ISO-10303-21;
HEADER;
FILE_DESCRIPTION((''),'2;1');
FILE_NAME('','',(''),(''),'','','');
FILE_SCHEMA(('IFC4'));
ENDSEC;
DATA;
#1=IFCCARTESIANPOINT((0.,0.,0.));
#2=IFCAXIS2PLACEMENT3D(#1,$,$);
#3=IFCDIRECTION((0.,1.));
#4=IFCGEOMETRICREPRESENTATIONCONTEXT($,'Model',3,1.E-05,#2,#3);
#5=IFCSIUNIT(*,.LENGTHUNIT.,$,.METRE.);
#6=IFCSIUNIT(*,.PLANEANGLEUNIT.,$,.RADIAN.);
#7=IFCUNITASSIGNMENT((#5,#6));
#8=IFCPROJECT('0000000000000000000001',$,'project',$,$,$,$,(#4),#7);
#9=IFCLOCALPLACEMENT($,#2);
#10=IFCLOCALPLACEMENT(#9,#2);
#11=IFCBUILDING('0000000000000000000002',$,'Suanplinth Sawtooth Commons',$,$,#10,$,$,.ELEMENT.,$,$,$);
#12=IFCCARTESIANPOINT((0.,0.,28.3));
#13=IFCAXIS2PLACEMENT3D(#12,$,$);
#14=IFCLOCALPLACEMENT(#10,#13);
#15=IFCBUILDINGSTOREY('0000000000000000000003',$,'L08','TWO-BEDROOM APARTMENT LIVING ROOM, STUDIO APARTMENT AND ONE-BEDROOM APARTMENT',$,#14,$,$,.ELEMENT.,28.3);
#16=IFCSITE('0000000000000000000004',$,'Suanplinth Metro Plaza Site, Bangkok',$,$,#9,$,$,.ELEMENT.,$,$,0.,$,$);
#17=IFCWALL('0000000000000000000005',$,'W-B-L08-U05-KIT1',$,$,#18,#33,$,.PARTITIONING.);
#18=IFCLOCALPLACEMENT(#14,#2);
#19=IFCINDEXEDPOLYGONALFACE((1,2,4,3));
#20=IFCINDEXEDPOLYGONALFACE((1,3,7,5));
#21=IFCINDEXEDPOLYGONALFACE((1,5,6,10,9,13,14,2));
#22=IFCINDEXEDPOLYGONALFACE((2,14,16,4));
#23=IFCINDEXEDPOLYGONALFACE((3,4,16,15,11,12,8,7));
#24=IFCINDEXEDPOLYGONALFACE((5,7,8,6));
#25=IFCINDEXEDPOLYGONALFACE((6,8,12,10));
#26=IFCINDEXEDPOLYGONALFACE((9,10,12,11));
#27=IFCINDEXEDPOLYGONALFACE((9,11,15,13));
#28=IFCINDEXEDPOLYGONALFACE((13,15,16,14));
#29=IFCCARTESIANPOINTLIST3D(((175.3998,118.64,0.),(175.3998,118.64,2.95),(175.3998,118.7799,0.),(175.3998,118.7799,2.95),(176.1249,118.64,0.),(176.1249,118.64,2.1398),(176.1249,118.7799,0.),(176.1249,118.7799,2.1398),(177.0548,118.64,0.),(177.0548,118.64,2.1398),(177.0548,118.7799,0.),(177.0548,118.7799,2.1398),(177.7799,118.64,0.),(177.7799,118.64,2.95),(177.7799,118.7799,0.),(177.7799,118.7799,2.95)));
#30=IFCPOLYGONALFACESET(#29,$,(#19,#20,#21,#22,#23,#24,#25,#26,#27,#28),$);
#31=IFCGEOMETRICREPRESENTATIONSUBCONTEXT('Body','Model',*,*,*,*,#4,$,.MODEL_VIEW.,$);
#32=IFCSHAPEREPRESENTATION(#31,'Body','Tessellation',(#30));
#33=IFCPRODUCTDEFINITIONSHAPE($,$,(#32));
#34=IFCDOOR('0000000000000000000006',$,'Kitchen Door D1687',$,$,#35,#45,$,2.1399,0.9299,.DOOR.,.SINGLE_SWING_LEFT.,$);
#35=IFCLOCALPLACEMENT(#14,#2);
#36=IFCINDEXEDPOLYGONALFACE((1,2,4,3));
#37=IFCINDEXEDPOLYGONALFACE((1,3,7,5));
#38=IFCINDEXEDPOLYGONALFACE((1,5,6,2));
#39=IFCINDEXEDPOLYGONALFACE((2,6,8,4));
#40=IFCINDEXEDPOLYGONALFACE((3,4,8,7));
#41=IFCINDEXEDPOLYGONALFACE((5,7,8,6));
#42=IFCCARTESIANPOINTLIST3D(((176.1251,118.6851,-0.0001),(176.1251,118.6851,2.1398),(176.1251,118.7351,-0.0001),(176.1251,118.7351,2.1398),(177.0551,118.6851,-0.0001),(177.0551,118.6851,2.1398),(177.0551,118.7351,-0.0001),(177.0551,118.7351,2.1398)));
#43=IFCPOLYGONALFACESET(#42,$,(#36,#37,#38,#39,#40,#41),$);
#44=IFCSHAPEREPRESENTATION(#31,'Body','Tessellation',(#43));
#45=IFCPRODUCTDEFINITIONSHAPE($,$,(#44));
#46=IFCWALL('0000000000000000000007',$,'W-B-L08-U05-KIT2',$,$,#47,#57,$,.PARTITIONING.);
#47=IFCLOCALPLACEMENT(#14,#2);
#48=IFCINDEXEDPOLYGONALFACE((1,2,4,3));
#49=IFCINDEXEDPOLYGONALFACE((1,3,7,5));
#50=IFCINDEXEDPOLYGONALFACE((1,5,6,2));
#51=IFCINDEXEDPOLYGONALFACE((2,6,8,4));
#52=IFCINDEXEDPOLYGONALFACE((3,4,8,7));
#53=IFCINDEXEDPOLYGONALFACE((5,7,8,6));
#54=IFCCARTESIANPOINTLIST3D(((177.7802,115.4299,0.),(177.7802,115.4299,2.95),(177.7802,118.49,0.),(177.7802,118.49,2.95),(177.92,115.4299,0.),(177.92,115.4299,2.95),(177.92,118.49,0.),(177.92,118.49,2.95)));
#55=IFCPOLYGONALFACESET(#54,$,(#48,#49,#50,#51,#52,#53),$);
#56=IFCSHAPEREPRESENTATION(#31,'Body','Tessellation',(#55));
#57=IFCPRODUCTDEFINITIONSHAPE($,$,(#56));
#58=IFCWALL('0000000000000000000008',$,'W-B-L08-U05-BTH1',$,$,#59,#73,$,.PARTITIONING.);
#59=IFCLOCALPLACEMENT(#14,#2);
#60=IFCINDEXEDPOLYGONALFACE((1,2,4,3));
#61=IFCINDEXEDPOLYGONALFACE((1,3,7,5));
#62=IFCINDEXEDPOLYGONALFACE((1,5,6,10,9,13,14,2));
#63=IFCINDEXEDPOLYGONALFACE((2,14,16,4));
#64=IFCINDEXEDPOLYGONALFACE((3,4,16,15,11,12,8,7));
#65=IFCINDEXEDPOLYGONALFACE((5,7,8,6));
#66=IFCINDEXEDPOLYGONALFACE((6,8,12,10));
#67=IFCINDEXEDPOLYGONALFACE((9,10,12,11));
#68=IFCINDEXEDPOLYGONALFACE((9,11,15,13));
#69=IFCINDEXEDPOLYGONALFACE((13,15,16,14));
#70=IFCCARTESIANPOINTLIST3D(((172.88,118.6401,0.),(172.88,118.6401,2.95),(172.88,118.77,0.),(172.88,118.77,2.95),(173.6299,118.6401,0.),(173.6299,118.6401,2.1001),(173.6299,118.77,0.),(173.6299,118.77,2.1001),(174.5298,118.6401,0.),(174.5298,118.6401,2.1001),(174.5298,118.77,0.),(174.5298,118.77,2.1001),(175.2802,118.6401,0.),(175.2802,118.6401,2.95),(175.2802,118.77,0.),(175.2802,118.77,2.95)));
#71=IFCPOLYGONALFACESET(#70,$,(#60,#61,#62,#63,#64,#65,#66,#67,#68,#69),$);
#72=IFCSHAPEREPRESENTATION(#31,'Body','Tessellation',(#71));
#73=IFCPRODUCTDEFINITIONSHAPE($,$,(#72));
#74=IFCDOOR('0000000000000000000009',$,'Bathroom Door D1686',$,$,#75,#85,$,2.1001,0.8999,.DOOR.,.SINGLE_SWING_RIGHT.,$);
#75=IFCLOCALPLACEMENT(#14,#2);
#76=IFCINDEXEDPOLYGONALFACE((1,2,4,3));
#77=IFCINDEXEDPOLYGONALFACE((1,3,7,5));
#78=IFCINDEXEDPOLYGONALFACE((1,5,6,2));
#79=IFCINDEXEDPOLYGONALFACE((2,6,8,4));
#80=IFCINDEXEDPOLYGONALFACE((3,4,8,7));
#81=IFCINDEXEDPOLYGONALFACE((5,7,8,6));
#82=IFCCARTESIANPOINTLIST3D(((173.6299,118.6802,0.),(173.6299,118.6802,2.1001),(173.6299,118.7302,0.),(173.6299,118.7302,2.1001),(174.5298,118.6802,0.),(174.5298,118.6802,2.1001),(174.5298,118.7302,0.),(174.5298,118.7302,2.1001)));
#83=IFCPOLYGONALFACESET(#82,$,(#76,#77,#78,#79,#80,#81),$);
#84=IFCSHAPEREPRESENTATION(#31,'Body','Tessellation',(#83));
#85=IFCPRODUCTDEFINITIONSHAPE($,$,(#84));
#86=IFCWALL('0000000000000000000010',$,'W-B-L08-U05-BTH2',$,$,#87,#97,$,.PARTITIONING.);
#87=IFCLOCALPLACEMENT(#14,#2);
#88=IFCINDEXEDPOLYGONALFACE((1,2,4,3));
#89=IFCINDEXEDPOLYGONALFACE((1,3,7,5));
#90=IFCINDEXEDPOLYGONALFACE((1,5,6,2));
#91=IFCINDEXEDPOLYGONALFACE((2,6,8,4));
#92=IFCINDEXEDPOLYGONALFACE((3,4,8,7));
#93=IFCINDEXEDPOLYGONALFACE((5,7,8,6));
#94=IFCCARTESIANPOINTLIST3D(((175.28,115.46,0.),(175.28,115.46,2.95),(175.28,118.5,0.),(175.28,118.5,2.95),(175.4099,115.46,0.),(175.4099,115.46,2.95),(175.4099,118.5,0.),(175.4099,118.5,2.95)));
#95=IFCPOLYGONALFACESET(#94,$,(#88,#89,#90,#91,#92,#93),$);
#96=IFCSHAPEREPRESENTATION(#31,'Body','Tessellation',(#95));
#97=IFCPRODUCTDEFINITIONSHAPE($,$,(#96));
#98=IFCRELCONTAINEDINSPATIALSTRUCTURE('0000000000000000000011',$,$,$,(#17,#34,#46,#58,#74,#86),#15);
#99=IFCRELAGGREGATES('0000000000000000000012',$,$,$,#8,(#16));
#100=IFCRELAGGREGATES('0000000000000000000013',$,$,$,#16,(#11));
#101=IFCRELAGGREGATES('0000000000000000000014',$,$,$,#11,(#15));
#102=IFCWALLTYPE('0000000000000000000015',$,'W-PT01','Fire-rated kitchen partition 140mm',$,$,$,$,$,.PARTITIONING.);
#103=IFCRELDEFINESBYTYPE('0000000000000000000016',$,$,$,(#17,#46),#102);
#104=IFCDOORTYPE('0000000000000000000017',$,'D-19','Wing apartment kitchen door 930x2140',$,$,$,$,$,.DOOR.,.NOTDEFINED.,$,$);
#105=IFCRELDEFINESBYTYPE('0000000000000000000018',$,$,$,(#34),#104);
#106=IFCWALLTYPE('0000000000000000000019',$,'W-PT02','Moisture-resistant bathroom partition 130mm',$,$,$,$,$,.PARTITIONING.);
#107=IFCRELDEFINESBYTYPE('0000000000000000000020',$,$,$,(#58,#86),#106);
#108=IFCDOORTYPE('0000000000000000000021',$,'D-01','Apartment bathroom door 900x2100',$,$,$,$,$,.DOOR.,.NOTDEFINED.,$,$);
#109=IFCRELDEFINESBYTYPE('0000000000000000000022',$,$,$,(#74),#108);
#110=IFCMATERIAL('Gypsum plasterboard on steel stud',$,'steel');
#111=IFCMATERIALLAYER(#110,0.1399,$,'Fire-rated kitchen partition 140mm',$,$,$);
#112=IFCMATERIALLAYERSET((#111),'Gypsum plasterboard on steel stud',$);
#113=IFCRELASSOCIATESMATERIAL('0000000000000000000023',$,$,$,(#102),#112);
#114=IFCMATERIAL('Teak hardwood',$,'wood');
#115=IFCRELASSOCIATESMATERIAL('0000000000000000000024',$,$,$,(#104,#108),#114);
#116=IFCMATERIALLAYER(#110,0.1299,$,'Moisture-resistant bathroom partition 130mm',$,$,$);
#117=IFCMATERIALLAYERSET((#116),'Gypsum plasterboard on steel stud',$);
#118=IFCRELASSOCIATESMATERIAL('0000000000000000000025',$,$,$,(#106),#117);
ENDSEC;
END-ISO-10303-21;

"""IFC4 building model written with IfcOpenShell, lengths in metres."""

from ifc_helpers import new_model, si_unit, direction, frame, frame_2d, origin, place, context, subcontext, project, spatial, rectangle, extrude, material, layer, layer_set, type_object, element, fill, save


model = new_model("IFC4")

# Units and contexts
model_context = context("Model", 3, precision=1e-05, world=origin(), true_north=direction((0.0, 1.0)))
body_context = subcontext(model_context, "Body", "Model", "MODEL_VIEW")
ifc_project = project(units=[si_unit("LENGTHUNIT", "METRE"), si_unit("PLANEANGLEUNIT", "RADIAN")], contexts=[model_context])

# Site, building, storey
site_placement = place(None, origin())
site = spatial("IfcSite", under=ifc_project, at=site_placement, Name="Suanplinth Metro Plaza Site, Bangkok", CompositionType="ELEMENT", RefElevation=0.0)
building_placement = place(site_placement, origin())
building = spatial("IfcBuilding", under=site, at=building_placement, Name="Suanplinth Sawtooth Commons", CompositionType="ELEMENT")
storey_placement = place(building_placement, frame((0.0, 0.0, 28.3)))
storey = spatial("IfcBuildingStorey", under=building, at=storey_placement, Name="L08", Description="TWO-BEDROOM APARTMENT LIVING ROOM, STUDIO APARTMENT AND ONE-BEDROOM APARTMENT", CompositionType="ELEMENT", Elevation=28.3)

# Wall, opening, door
ifc_material_1 = material(Name="Gypsum plasterboard on steel stud", Category="steel")
ifc_layer_1 = layer(ifc_material_1, 0.1399, Name="Fire-rated kitchen partition 140mm")
ifc_layer_set_1 = layer_set([ifc_layer_1], Name="Gypsum plasterboard on steel stud")
wall_type_1 = type_object("IfcWallType", Name="W-PT01", Description="Fire-rated kitchen partition 140mm", PredefinedType="PARTITIONING", material=ifc_layer_set_1)
wall_1_placement = place(storey_placement, frame((175.3999, 118.71, 0.0), z_axis=(0.0, 0.0, 1.0), x_axis=(1.0, 0.0, 0.0)))
wall_1 = element("IfcWall", 1, at=wall_1_placement, inside=storey, type_object=wall_type_1, Name="W-B-L08-U05-KIT1", PredefinedType="PARTITIONING", context=body_context, shape_type="SweptSolid", body=[
    extrude(rectangle(XDim=2.3801, YDim=0.1399, at=frame_2d((1.1899, 0.0))), origin(), (0.0, 0.0, 1.0), 2.95),
])
opening_1_placement = place(wall_1_placement, frame((0.7251, 0.0, 0.0)))
opening_1 = element("IfcOpeningElement", 2, at=opening_1_placement, cuts=wall_1, PredefinedType="OPENING", context=body_context, shape_type="SweptSolid", body=[
    extrude(rectangle(XDim=0.9299, YDim=2.1399, at=frame_2d((0.4648, 1.0698))), frame((0.0, 0.085, 0.0), z_axis=(0.0, -1.0, 0.0), x_axis=(1.0, 0.0, 0.0)), (0.0, 0.0, 1.0), 0.1697),
])
ifc_material_2 = material(Name="Teak hardwood", Category="wood")
door_type_1 = type_object("IfcDoorType", Name="D-19", Description="Wing apartment kitchen door 930x2140", OperationType="NOTDEFINED", PredefinedType="DOOR", material=ifc_material_2)
door_1_placement = place(opening_1_placement, frame((0.9299, 0.0, 0.0), z_axis=(0.0, 0.0, 1.0), x_axis=(-1.0, 0.0, 0.0)))
door_1 = element("IfcDoor", 3, at=door_1_placement, inside=storey, type_object=door_type_1, Name="Kitchen Door D1687", OperationType="SINGLE_SWING_LEFT", OverallHeight=2.1399, OverallWidth=0.9299, PredefinedType="DOOR", context=body_context, shape_type="SweptSolid", body=[
    extrude(rectangle(XDim=0.9299, YDim=2.1399, at=frame_2d((0.4648, 1.0698))), frame((0.0, 0.0249, 0.0), z_axis=(0.0, -1.0, 0.0), x_axis=(1.0, 0.0, 0.0)), (0.0, 0.0, 1.0), 0.05),
])
fill(opening_1, door_1)

# Wall
wall_2_placement = place(storey_placement, frame((177.8501, 115.4299, 0.0), z_axis=(0.0, 0.0, 1.0), x_axis=(0.0, 1.0, 0.0)))
element("IfcWall", 4, at=wall_2_placement, inside=storey, type_object=wall_type_1, Name="W-B-L08-U05-KIT2", PredefinedType="PARTITIONING", context=body_context, shape_type="SweptSolid", body=[
    extrude(rectangle(XDim=3.0601, YDim=0.1399, at=frame_2d((1.53, 0.0))), origin(), (0.0, 0.0, 1.0), 2.95),
])

# Wall, opening, door
ifc_layer_2 = layer(ifc_material_1, 0.1299, Name="Moisture-resistant bathroom partition 130mm")
ifc_layer_set_2 = layer_set([ifc_layer_2], Name="Gypsum plasterboard on steel stud")
wall_type_2 = type_object("IfcWallType", Name="W-PT02", Description="Moisture-resistant bathroom partition 130mm", PredefinedType="PARTITIONING", material=ifc_layer_set_2)
wall_3_placement = place(storey_placement, frame((172.8799, 118.7051, 0.0), z_axis=(0.0, 0.0, 1.0), x_axis=(1.0, 0.0, 0.0)))
wall_3 = element("IfcWall", 5, at=wall_3_placement, inside=storey, type_object=wall_type_2, Name="W-B-L08-U05-BTH1", PredefinedType="PARTITIONING", context=body_context, shape_type="SweptSolid", body=[
    extrude(rectangle(XDim=2.4001, YDim=0.1299, at=frame_2d((1.2002, 0.0))), origin(), (0.0, 0.0, 1.0), 2.95),
])
opening_2_placement = place(wall_3_placement, frame((0.75, 0.0, 0.0)))
opening_2 = element("IfcOpeningElement", 6, at=opening_2_placement, cuts=wall_3, PredefinedType="OPENING", context=body_context, shape_type="SweptSolid", body=[
    extrude(rectangle(XDim=0.8999, YDim=2.1001, at=frame_2d((0.45, 1.05))), frame((0.0, 0.0798, 0.0), z_axis=(0.0, -1.0, 0.0), x_axis=(1.0, 0.0, 0.0)), (0.0, 0.0, 1.0), 0.1597),
])
door_type_2 = type_object("IfcDoorType", Name="D-01", Description="Apartment bathroom door 900x2100", OperationType="NOTDEFINED", PredefinedType="DOOR", material=ifc_material_2)
door_2_placement = place(opening_2_placement, frame((0.8999, 0.0, 0.0), z_axis=(0.0, 0.0, 1.0), x_axis=(-1.0, 0.0, 0.0)))
door_2 = element("IfcDoor", 7, at=door_2_placement, inside=storey, type_object=door_type_2, Name="Bathroom Door D1686", OperationType="SINGLE_SWING_RIGHT", OverallHeight=2.1001, OverallWidth=0.8999, PredefinedType="DOOR", context=body_context, shape_type="SweptSolid", body=[
    extrude(rectangle(XDim=0.8999, YDim=2.1001, at=frame_2d((0.45, 1.05))), frame((0.0, 0.0249, 0.0), z_axis=(0.0, -1.0, 0.0), x_axis=(1.0, 0.0, 0.0)), (0.0, 0.0, 1.0), 0.05),
])
fill(opening_2, door_2)

# Wall
wall_4_placement = place(storey_placement, frame((175.345, 115.46, 0.0), z_axis=(0.0, 0.0, 1.0), x_axis=(0.0, 1.0, 0.0)))
element("IfcWall", 8, at=wall_4_placement, inside=storey, type_object=wall_type_2, Name="W-B-L08-U05-BTH2", PredefinedType="PARTITIONING", context=body_context, shape_type="SweptSolid", body=[
    extrude(rectangle(XDim=3.04, YDim=0.1299, at=frame_2d((1.52, 0.0))), origin(), (0.0, 0.0, 1.0), 2.95),
])

save(model, "model.ifc")
